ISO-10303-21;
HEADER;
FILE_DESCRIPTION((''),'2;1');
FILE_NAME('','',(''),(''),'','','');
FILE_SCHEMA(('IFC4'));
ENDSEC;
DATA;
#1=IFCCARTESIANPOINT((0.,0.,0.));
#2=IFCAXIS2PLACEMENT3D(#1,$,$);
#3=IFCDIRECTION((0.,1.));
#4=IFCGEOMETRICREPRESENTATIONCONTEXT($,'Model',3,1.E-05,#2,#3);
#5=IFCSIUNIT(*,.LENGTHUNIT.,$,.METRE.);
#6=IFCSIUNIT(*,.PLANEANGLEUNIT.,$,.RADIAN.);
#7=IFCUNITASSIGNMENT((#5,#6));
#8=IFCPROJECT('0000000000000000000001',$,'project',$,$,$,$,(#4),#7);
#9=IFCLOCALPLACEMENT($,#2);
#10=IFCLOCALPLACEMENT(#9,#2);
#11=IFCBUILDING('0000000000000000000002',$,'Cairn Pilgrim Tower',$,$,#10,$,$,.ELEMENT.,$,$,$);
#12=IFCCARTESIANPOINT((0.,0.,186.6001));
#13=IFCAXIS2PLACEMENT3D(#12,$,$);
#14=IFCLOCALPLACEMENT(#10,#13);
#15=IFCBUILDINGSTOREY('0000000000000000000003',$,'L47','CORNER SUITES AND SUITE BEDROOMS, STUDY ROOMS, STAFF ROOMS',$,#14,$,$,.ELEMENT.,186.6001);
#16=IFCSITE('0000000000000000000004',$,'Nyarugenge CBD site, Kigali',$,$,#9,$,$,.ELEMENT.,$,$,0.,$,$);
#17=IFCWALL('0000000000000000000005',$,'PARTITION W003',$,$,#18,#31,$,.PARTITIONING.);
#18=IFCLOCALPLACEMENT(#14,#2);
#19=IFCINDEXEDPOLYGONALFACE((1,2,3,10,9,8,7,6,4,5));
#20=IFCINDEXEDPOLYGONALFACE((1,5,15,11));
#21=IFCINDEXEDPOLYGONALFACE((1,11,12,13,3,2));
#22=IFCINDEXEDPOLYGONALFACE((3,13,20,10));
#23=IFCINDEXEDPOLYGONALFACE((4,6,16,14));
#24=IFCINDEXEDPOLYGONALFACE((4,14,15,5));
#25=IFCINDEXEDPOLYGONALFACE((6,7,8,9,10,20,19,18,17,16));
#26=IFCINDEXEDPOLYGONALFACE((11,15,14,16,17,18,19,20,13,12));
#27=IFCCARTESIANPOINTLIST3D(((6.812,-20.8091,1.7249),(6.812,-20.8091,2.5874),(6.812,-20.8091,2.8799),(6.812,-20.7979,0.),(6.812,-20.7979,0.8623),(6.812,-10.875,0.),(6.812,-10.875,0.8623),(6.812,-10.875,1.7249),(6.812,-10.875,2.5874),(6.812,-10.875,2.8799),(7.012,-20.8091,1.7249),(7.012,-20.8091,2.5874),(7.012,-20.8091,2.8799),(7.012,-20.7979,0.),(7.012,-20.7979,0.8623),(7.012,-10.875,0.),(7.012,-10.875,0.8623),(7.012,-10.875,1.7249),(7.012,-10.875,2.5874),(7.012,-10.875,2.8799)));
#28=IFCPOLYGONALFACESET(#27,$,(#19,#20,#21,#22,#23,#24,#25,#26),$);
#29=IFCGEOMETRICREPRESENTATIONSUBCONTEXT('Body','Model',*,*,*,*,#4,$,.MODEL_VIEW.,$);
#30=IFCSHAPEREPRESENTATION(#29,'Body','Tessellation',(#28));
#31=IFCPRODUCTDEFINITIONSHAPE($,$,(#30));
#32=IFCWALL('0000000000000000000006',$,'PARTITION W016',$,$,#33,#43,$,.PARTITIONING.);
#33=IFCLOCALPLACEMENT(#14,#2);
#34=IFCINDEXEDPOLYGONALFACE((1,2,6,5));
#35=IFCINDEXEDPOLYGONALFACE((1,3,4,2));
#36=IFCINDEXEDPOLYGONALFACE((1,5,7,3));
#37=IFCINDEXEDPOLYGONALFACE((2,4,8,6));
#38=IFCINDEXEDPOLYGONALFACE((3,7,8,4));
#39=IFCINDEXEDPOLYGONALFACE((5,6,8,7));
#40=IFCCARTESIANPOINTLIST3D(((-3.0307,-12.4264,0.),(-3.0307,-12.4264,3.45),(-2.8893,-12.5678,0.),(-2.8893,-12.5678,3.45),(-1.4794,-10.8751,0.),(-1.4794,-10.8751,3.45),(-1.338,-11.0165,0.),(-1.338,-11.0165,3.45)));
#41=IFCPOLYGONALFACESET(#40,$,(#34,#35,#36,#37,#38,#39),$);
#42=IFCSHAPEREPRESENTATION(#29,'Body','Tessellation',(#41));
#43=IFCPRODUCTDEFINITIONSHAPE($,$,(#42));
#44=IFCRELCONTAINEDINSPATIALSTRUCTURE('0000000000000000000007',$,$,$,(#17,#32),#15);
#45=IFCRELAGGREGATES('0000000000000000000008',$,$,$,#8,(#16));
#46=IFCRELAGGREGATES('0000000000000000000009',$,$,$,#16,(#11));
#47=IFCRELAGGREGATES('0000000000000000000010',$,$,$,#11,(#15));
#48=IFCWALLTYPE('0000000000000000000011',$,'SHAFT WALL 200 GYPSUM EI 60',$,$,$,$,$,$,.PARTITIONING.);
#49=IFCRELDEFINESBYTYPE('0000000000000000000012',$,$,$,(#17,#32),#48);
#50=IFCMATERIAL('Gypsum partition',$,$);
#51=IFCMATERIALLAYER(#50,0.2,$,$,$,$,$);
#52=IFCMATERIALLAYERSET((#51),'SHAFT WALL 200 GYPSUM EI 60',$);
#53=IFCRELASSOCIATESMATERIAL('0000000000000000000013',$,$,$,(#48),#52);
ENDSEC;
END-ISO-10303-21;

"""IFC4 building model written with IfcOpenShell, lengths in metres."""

from ifc_helpers import new_model, si_unit, direction, frame, frame_2d, origin, place, context, subcontext, project, spatial, polyline, rectangle, outline, extrude, material, layer, layer_set, type_object, element, save


model = new_model("IFC4")

# Units and contexts
model_context = context("Model", 3, precision=1e-05, world=origin(), true_north=direction((0.0, 1.0)))
body_context = subcontext(model_context, "Body", "Model", "MODEL_VIEW")
ifc_project = project(units=[si_unit("LENGTHUNIT", "METRE"), si_unit("PLANEANGLEUNIT", "RADIAN")], contexts=[model_context])

# Site, building, storey
site_placement = place(None, origin())
site = spatial("IfcSite", under=ifc_project, at=site_placement, Name="Nyarugenge CBD site, Kigali", CompositionType="ELEMENT", RefElevation=0.0)
building_placement = place(site_placement, origin())
building = spatial("IfcBuilding", under=site, at=building_placement, Name="Cairn Pilgrim Tower", CompositionType="ELEMENT")
storey_placement = place(building_placement, frame((0.0, 0.0, 186.6001)))
storey = spatial("IfcBuildingStorey", under=building, at=storey_placement, Name="L47", Description="CORNER SUITES AND SUITE BEDROOMS, STUDY ROOMS, STAFF ROOMS", CompositionType="ELEMENT", Elevation=186.6001)

# Shared definitions
ifc_material_1 = material(Name="Gypsum partition")

# Walls
ifc_layer_1 = layer(ifc_material_1, 0.2)
ifc_layer_set_1 = layer_set([ifc_layer_1], Name="SHAFT WALL 200 GYPSUM EI 60")
wall_type_1 = type_object("IfcWallType", Name="SHAFT WALL 200 GYPSUM EI 60", PredefinedType="PARTITIONING", material=ifc_layer_set_1)
wall_1_placement = place(storey_placement, frame((6.9121, -20.8091, 0.0), z_axis=(0.0, 0.0, 1.0), x_axis=(0.0, 1.0, 0.0)))
element("IfcWall", 1, at=wall_1_placement, inside=storey, type_object=wall_type_1, Name="PARTITION W003", PredefinedType="PARTITIONING", context=body_context, shape_type="SweptSolid", body=[
    extrude(outline(polyline([(0.0112, 0.0), (9.9341, 0.0), (9.9341, 0.8623), (9.9341, 1.7249), (9.9341, 2.5874), (9.9341, 2.8799), (0.0, 2.8799), (0.0, 2.5874), (0.0, 1.7249), (0.0112, 0.8623), (0.0112, 0.0)])), frame((0.0, 0.1001, 0.0), z_axis=(0.0, -1.0, 0.0), x_axis=(1.0, 0.0, 0.0)), (0.0, 0.0, 1.0), 0.2),
])
wall_2_placement = place(storey_placement, frame((-2.96, -12.4971, 0.0), z_axis=(0.0, 0.0, 1.0), x_axis=(0.707107, 0.707107, 0.0)))
element("IfcWall", 2, at=wall_2_placement, inside=storey, type_object=wall_type_1, Name="PARTITION W016", PredefinedType="PARTITIONING", context=body_context, shape_type="SweptSolid", body=[
    extrude(rectangle(XDim=2.1938, YDim=0.2, at=frame_2d((1.0969, 0.0))), origin(), (0.0, 0.0, 1.0), 3.45),
])

save(model, "model.ifc")
